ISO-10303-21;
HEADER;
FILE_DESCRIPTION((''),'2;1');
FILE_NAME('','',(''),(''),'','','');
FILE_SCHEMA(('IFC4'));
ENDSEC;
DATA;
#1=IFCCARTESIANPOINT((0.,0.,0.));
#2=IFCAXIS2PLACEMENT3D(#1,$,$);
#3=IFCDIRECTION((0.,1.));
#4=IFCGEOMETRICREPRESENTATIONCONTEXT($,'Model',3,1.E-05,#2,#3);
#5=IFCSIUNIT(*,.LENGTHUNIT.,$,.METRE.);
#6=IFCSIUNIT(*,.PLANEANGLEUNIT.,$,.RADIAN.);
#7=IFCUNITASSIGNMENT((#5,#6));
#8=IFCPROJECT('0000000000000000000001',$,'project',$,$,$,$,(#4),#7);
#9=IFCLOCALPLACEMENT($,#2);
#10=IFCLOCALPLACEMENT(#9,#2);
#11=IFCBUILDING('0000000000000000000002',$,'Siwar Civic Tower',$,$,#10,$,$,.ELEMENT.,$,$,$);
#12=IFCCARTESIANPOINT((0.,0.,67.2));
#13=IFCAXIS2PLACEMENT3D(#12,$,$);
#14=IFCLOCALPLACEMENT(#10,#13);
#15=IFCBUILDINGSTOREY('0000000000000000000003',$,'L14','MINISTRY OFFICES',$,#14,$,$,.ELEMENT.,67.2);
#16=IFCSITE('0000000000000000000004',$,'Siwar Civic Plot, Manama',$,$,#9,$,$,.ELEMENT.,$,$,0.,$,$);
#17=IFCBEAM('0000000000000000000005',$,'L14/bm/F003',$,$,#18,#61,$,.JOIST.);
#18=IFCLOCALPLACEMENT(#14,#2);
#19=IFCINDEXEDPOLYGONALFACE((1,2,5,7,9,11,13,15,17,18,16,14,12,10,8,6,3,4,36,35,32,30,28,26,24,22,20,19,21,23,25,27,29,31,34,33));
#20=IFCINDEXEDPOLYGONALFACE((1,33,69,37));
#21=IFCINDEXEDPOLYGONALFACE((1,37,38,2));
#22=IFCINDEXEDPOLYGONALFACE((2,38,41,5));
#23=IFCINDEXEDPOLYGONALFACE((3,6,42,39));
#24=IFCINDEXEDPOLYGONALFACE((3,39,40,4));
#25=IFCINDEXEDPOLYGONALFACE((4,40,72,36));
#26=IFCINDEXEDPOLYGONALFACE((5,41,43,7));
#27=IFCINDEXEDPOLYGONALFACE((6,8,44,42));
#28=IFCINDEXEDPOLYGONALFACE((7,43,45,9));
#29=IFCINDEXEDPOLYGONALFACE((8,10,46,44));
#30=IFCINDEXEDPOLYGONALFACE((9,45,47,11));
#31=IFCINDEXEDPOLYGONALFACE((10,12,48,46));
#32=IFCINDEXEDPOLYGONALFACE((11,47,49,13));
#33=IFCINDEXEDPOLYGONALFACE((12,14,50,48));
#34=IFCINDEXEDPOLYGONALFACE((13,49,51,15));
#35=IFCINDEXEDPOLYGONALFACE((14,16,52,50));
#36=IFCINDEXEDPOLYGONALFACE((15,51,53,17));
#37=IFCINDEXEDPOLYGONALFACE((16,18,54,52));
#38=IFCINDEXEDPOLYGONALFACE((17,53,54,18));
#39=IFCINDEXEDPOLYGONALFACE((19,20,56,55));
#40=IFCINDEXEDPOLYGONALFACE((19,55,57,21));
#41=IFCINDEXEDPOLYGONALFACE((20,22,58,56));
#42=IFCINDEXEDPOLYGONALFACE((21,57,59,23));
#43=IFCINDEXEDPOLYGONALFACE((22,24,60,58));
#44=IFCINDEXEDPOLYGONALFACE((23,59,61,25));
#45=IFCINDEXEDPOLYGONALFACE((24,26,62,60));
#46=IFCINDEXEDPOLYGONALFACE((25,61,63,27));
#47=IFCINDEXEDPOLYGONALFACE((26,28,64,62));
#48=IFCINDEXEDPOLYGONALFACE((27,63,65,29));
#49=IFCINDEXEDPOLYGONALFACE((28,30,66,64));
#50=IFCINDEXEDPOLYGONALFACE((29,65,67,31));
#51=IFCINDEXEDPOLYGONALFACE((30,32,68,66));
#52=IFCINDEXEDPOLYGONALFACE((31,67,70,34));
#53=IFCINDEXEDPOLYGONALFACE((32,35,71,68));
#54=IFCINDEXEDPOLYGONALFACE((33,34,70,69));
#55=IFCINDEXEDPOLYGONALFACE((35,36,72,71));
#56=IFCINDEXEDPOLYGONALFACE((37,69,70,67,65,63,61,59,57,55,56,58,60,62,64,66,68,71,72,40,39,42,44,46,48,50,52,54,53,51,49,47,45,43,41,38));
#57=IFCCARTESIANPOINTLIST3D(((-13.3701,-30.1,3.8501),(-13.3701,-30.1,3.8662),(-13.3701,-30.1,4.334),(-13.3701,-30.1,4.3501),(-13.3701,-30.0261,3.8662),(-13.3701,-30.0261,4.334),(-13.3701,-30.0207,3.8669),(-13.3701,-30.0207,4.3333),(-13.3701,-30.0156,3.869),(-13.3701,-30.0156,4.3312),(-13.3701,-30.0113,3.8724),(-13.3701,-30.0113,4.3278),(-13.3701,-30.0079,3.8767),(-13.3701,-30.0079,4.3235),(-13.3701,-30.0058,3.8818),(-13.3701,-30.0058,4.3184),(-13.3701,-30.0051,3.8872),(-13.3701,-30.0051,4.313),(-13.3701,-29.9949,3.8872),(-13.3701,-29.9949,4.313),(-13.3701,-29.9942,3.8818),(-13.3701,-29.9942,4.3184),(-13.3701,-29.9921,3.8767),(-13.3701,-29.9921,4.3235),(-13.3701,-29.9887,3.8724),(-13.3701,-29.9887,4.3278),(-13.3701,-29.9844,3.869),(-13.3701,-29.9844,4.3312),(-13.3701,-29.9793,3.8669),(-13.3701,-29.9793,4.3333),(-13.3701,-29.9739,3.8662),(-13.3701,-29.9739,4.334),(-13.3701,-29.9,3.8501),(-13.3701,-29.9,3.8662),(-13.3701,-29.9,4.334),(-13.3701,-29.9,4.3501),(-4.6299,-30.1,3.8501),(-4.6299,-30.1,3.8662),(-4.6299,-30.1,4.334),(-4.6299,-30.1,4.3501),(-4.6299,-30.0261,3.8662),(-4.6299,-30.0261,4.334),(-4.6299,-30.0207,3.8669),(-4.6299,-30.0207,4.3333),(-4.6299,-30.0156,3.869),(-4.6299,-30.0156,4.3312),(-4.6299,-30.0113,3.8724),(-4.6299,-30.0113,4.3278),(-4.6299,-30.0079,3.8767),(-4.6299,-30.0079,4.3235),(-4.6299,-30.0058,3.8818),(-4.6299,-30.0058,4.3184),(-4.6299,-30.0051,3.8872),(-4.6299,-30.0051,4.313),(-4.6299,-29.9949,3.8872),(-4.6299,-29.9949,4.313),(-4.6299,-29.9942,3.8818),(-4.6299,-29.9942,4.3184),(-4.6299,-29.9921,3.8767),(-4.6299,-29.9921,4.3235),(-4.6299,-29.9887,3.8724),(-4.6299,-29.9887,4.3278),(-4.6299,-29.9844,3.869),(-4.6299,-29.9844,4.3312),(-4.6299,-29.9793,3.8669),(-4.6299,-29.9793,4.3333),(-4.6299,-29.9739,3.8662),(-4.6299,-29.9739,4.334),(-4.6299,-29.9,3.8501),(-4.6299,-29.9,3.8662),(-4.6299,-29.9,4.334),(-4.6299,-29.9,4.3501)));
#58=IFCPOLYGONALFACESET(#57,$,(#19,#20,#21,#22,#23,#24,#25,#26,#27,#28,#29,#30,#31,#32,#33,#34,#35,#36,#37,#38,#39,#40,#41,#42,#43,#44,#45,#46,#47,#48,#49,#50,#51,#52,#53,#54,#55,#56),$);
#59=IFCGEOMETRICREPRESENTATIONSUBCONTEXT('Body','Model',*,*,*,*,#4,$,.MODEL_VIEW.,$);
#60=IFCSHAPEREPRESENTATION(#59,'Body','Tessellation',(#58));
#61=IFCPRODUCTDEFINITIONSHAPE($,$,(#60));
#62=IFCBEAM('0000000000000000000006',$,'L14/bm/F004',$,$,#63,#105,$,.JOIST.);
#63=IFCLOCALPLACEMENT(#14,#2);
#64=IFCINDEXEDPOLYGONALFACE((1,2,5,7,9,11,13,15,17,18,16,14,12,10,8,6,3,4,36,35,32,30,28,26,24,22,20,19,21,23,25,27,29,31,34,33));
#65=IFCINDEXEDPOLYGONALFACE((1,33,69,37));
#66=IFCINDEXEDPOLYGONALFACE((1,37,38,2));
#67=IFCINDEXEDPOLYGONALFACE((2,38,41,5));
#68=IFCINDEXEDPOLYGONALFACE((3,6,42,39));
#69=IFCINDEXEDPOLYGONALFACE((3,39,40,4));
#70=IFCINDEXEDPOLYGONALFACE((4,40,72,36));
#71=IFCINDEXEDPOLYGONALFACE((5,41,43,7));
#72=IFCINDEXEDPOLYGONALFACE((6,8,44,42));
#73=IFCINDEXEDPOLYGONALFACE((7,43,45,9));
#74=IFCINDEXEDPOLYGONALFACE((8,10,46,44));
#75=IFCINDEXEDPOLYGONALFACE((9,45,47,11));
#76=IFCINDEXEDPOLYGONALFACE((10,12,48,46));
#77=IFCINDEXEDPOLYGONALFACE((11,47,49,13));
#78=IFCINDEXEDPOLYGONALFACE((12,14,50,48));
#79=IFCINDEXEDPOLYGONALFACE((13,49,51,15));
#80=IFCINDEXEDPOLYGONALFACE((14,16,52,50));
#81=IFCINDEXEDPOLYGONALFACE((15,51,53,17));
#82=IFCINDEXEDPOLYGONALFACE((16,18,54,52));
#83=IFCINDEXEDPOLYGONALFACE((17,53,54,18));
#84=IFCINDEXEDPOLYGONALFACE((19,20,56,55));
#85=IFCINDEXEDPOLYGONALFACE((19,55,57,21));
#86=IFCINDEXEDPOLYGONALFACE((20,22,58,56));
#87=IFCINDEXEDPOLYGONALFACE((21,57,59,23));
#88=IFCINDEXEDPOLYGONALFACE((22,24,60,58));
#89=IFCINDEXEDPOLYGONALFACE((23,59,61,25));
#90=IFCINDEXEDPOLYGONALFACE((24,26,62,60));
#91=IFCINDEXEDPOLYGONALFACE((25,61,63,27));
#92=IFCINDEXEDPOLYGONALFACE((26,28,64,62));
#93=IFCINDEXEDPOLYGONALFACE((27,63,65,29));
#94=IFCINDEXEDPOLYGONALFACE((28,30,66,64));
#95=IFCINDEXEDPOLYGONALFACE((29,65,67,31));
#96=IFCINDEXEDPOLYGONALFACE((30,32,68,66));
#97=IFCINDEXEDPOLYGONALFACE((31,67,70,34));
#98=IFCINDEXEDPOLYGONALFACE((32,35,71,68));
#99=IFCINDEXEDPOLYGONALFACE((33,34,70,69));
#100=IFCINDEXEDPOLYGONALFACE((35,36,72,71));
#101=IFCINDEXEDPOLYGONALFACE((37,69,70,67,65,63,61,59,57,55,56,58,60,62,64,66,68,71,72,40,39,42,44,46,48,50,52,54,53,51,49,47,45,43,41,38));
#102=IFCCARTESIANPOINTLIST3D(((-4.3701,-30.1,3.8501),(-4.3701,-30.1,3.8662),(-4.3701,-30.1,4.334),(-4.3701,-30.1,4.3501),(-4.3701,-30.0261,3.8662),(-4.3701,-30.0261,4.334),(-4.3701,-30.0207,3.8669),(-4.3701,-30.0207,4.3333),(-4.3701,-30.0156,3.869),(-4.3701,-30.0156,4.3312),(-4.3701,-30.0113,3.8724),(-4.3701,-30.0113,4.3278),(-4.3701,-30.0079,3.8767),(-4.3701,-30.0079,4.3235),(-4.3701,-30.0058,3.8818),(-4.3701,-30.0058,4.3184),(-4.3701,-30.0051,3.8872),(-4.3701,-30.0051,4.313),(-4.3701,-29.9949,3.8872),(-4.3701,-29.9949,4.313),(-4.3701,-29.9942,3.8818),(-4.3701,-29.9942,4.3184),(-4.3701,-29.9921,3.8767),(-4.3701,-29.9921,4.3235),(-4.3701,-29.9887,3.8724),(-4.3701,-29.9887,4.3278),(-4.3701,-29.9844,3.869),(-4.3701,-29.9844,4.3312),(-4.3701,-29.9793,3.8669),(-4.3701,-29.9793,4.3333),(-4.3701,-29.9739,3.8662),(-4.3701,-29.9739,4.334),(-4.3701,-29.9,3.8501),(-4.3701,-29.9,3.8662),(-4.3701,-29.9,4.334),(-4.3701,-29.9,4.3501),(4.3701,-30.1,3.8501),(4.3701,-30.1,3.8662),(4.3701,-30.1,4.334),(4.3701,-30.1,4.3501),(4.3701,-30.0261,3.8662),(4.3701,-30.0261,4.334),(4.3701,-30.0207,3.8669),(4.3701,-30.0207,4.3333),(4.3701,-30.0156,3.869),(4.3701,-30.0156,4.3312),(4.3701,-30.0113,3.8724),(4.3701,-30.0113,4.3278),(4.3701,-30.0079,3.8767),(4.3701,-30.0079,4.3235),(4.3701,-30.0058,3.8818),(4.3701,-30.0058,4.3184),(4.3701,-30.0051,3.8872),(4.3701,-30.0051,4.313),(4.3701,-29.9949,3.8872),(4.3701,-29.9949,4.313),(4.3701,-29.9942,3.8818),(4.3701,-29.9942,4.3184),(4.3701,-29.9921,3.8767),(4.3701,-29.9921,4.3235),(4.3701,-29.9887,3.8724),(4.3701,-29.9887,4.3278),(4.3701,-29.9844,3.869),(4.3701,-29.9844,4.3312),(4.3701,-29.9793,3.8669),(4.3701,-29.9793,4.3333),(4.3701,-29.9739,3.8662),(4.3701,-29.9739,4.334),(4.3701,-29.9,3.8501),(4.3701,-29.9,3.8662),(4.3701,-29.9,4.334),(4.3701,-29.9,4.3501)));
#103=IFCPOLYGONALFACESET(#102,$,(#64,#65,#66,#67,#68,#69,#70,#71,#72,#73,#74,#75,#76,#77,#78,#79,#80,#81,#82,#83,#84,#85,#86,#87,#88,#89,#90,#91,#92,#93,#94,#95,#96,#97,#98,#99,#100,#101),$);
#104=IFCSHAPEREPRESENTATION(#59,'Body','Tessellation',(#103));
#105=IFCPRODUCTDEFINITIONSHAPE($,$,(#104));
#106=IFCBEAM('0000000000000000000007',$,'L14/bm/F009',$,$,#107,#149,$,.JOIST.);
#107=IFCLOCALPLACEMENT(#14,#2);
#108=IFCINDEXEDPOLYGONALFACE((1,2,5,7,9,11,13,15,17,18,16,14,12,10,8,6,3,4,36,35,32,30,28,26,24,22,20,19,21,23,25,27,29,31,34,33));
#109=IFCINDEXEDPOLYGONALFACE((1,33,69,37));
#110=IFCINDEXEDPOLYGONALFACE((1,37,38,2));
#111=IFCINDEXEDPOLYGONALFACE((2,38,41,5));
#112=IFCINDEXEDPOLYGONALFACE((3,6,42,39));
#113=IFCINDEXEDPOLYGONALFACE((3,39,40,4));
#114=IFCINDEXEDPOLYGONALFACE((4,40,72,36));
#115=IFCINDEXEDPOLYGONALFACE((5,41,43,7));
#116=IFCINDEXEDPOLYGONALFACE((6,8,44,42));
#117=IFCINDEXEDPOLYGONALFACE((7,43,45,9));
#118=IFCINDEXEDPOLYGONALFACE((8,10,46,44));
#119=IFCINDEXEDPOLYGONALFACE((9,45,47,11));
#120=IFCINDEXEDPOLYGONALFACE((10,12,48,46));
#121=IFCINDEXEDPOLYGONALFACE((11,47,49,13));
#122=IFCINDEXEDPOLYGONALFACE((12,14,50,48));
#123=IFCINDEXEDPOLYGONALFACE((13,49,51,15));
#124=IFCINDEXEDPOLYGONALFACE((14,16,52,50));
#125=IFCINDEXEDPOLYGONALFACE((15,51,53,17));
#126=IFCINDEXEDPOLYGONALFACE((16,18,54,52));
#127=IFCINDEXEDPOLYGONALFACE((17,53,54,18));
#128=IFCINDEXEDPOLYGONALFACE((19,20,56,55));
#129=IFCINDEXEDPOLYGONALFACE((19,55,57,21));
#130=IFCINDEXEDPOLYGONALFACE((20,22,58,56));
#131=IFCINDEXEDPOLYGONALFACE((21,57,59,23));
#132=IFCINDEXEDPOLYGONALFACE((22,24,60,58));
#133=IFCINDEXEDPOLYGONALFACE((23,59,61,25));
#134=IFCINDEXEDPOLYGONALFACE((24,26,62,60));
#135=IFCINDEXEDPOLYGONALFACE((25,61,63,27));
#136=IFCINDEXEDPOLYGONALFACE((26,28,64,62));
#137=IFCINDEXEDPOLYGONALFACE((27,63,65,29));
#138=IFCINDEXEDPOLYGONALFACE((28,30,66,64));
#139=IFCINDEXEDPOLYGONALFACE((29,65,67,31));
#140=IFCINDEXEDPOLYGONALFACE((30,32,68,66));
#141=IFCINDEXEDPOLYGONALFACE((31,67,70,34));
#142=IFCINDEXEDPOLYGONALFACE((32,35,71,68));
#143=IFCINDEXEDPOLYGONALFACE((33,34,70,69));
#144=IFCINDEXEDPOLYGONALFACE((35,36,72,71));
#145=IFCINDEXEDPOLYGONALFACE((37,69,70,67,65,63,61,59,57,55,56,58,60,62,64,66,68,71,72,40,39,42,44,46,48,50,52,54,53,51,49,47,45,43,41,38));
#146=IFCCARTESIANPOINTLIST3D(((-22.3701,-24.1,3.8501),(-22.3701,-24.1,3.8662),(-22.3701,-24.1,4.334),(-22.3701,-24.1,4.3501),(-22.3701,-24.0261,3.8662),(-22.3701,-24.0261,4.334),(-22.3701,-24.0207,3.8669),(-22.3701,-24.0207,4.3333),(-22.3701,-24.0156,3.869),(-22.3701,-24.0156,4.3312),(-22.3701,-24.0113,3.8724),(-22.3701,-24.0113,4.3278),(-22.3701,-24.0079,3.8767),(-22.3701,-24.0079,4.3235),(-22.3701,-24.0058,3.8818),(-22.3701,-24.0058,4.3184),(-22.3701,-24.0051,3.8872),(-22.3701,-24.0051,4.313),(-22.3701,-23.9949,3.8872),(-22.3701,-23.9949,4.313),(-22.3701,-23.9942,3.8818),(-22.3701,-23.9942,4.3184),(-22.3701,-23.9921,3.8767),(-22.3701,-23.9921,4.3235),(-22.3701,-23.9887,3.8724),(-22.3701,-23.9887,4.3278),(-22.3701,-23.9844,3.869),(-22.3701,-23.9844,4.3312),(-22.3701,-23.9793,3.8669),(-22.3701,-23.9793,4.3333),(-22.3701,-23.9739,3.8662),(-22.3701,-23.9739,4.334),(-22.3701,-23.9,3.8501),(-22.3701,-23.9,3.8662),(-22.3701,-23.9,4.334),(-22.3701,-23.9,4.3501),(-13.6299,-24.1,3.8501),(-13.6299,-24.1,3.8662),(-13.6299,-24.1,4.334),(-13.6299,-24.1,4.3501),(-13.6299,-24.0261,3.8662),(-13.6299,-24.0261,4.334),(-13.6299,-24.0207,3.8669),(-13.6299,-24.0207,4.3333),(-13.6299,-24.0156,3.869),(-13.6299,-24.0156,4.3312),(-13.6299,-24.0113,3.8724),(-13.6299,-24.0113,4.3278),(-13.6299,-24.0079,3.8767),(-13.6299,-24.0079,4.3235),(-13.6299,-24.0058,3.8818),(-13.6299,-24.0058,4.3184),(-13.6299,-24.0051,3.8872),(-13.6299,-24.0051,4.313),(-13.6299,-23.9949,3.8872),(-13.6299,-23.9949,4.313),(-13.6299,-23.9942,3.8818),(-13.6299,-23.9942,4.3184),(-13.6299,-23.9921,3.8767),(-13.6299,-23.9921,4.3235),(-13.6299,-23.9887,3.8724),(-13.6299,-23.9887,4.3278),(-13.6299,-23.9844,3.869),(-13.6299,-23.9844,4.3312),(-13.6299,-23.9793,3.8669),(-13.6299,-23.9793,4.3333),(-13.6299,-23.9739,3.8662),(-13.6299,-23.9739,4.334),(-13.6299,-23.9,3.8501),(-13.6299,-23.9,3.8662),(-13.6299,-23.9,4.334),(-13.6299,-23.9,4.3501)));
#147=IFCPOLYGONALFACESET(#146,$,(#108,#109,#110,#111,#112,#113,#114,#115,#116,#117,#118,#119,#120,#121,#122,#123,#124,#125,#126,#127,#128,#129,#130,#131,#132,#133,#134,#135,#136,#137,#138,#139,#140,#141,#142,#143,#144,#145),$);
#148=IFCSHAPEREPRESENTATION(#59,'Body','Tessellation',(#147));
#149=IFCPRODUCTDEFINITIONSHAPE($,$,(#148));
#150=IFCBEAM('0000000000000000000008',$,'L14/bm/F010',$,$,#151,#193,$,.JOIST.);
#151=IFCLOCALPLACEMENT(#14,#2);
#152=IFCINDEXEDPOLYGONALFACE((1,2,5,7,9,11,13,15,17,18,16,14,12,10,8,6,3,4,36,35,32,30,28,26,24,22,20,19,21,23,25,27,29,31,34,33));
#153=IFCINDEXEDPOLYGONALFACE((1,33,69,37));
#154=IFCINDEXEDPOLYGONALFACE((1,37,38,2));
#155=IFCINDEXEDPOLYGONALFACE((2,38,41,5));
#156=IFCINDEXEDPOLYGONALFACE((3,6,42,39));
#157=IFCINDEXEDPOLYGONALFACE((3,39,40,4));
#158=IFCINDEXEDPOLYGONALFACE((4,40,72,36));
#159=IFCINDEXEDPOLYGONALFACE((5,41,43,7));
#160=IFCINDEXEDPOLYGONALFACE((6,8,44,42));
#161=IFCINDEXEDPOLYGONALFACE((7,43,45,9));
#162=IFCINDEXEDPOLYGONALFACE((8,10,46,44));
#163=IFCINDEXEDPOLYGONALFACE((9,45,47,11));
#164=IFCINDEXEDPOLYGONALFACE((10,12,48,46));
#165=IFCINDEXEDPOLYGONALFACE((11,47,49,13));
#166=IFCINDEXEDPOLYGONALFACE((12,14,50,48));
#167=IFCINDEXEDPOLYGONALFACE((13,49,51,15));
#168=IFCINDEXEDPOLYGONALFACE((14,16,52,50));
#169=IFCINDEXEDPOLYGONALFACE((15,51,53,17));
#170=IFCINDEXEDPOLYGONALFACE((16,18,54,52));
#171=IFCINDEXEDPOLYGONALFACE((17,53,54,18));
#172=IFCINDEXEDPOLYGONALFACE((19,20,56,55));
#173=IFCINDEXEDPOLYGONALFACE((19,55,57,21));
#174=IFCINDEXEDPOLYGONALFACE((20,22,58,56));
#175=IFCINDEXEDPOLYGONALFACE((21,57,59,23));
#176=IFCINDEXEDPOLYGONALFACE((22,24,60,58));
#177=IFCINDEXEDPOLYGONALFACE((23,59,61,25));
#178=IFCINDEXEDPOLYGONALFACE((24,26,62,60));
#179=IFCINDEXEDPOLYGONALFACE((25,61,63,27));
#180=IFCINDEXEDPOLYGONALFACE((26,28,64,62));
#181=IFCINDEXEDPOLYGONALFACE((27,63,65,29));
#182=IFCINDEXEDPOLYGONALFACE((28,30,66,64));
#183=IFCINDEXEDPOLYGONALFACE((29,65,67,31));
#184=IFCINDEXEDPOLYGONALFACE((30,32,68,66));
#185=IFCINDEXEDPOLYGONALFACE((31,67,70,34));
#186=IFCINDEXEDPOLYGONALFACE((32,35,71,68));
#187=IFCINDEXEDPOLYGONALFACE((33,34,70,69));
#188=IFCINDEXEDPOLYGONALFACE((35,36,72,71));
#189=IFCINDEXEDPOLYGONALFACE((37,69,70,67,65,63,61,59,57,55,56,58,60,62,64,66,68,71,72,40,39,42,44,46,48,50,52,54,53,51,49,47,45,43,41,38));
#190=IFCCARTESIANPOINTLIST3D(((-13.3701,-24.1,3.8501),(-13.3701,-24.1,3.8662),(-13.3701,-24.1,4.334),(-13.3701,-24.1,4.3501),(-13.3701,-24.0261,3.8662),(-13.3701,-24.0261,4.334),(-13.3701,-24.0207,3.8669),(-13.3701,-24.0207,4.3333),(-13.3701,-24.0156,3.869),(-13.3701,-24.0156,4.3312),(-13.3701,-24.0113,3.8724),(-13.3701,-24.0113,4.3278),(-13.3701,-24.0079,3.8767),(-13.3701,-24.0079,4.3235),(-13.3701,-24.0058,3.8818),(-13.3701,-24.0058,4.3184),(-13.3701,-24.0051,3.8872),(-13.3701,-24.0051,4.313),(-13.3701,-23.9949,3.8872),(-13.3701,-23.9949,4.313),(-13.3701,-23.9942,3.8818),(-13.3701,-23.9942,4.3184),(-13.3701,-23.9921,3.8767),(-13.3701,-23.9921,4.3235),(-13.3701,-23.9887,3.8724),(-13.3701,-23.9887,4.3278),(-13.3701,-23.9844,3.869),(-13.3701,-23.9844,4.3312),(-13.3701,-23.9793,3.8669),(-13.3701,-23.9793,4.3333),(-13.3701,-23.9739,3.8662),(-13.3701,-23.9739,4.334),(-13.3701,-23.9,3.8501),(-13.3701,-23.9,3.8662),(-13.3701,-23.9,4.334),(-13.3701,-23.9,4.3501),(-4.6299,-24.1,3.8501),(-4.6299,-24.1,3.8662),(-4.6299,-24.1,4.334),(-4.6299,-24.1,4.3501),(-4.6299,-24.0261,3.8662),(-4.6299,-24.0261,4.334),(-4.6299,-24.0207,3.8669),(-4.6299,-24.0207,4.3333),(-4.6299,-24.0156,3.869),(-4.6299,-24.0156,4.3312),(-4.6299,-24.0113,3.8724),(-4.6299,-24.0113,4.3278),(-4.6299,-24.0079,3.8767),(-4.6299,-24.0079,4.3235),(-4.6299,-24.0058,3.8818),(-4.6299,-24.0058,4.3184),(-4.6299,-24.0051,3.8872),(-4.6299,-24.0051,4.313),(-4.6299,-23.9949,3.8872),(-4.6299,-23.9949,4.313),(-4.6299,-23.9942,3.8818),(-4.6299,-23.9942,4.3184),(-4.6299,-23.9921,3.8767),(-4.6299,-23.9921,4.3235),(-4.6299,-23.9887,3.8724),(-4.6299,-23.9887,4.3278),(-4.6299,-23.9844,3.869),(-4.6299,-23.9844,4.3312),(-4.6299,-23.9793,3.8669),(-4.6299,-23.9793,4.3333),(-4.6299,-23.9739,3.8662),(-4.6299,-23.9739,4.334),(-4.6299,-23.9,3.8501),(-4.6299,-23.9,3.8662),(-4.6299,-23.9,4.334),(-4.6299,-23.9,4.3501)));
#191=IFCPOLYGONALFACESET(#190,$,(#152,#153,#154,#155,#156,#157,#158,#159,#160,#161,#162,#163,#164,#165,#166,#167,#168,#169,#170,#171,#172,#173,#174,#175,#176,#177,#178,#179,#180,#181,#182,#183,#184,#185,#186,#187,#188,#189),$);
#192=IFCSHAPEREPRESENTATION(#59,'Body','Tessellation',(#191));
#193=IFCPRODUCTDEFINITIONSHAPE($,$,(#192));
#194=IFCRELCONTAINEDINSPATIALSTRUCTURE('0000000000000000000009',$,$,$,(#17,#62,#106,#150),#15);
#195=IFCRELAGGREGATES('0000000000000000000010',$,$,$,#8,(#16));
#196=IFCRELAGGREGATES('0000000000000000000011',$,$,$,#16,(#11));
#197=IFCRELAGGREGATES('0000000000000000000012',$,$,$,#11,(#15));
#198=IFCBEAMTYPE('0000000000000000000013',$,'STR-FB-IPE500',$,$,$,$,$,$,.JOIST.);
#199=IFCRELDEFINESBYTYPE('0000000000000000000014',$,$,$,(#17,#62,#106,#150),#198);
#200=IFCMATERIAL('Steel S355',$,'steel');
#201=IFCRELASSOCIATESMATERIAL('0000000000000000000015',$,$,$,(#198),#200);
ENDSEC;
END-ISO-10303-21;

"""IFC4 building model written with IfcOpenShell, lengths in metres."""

from ifc_helpers import new_model, si_unit, direction, frame, origin, origin_2d, place, context, subcontext, project, spatial, i_section, extrude, material, material_profile, profile_set, type_object, element, save


model = new_model("IFC4")

# Units and contexts
model_context = context("Model", 3, precision=1e-05, world=origin(), true_north=direction((0.0, 1.0)))
body_context = subcontext(model_context, "Body", "Model", "MODEL_VIEW")
ifc_project = project(units=[si_unit("LENGTHUNIT", "METRE"), si_unit("PLANEANGLEUNIT", "RADIAN")], contexts=[model_context])

# Site, building, storey
site_placement = place(None, origin())
site = spatial("IfcSite", under=ifc_project, at=site_placement, Name="Siwar Civic Plot, Manama", CompositionType="ELEMENT", RefElevation=0.0)
building_placement = place(site_placement, origin())
building = spatial("IfcBuilding", under=site, at=building_placement, Name="Siwar Civic Tower", CompositionType="ELEMENT")
storey_placement = place(building_placement, frame((0.0, 0.0, 67.2)))
storey = spatial("IfcBuildingStorey", under=building, at=storey_placement, Name="L14", Description="MINISTRY OFFICES", CompositionType="ELEMENT", Elevation=67.2)

# Beams
ifc_material_1 = material(Name="Steel S355", Category="steel")
ifc_material_profile_1 = material_profile(ifc_material_1, i_section(OverallWidth=0.2, OverallDepth=0.5, WebThickness=0.0103, FlangeThickness=0.0161, FilletRadius=0.021, at=origin_2d()), Name="IPE500")
ifc_profile_set_1 = profile_set([ifc_material_profile_1], Name="Steel S355")
beam_type_1 = type_object("IfcBeamType", Name="STR-FB-IPE500", PredefinedType="JOIST", material=ifc_profile_set_1)
for number, where, z_axis, x_axis, name in (
    (1, (-13.3701, -30.0, 4.1001), (1.0, 0.0, 0.0), (0.0, 1.0, 0.0), "L14/bm/F003"),
    (2, (-4.3701, -30.0, 4.1001), (1.0, 0.0, 0.0), (0.0, 1.0, 0.0), "L14/bm/F004"),
    (3, (-22.3701, -24.0, 4.1001), (1.0, 0.0, 0.0), (0.0, 1.0, 0.0), "L14/bm/F009"),
    (4, (-13.3701, -24.0, 4.1001), (1.0, 0.0, 0.0), (0.0, 1.0, 0.0), "L14/bm/F010"),
):
    element("IfcBeam", number, at=place(storey_placement, frame(where, z_axis=z_axis, x_axis=x_axis)), inside=storey, type_object=beam_type_1, Name=name, PredefinedType="JOIST", context=body_context, shape_type="SweptSolid", body=[
        extrude(i_section(OverallWidth=0.2, OverallDepth=0.5, WebThickness=0.0103, FlangeThickness=0.0161, FilletRadius=0.021, at=origin_2d()), origin(), (0.0, 0.0, 1.0), 8.7402),
    ])

save(model, "model.ifc")
